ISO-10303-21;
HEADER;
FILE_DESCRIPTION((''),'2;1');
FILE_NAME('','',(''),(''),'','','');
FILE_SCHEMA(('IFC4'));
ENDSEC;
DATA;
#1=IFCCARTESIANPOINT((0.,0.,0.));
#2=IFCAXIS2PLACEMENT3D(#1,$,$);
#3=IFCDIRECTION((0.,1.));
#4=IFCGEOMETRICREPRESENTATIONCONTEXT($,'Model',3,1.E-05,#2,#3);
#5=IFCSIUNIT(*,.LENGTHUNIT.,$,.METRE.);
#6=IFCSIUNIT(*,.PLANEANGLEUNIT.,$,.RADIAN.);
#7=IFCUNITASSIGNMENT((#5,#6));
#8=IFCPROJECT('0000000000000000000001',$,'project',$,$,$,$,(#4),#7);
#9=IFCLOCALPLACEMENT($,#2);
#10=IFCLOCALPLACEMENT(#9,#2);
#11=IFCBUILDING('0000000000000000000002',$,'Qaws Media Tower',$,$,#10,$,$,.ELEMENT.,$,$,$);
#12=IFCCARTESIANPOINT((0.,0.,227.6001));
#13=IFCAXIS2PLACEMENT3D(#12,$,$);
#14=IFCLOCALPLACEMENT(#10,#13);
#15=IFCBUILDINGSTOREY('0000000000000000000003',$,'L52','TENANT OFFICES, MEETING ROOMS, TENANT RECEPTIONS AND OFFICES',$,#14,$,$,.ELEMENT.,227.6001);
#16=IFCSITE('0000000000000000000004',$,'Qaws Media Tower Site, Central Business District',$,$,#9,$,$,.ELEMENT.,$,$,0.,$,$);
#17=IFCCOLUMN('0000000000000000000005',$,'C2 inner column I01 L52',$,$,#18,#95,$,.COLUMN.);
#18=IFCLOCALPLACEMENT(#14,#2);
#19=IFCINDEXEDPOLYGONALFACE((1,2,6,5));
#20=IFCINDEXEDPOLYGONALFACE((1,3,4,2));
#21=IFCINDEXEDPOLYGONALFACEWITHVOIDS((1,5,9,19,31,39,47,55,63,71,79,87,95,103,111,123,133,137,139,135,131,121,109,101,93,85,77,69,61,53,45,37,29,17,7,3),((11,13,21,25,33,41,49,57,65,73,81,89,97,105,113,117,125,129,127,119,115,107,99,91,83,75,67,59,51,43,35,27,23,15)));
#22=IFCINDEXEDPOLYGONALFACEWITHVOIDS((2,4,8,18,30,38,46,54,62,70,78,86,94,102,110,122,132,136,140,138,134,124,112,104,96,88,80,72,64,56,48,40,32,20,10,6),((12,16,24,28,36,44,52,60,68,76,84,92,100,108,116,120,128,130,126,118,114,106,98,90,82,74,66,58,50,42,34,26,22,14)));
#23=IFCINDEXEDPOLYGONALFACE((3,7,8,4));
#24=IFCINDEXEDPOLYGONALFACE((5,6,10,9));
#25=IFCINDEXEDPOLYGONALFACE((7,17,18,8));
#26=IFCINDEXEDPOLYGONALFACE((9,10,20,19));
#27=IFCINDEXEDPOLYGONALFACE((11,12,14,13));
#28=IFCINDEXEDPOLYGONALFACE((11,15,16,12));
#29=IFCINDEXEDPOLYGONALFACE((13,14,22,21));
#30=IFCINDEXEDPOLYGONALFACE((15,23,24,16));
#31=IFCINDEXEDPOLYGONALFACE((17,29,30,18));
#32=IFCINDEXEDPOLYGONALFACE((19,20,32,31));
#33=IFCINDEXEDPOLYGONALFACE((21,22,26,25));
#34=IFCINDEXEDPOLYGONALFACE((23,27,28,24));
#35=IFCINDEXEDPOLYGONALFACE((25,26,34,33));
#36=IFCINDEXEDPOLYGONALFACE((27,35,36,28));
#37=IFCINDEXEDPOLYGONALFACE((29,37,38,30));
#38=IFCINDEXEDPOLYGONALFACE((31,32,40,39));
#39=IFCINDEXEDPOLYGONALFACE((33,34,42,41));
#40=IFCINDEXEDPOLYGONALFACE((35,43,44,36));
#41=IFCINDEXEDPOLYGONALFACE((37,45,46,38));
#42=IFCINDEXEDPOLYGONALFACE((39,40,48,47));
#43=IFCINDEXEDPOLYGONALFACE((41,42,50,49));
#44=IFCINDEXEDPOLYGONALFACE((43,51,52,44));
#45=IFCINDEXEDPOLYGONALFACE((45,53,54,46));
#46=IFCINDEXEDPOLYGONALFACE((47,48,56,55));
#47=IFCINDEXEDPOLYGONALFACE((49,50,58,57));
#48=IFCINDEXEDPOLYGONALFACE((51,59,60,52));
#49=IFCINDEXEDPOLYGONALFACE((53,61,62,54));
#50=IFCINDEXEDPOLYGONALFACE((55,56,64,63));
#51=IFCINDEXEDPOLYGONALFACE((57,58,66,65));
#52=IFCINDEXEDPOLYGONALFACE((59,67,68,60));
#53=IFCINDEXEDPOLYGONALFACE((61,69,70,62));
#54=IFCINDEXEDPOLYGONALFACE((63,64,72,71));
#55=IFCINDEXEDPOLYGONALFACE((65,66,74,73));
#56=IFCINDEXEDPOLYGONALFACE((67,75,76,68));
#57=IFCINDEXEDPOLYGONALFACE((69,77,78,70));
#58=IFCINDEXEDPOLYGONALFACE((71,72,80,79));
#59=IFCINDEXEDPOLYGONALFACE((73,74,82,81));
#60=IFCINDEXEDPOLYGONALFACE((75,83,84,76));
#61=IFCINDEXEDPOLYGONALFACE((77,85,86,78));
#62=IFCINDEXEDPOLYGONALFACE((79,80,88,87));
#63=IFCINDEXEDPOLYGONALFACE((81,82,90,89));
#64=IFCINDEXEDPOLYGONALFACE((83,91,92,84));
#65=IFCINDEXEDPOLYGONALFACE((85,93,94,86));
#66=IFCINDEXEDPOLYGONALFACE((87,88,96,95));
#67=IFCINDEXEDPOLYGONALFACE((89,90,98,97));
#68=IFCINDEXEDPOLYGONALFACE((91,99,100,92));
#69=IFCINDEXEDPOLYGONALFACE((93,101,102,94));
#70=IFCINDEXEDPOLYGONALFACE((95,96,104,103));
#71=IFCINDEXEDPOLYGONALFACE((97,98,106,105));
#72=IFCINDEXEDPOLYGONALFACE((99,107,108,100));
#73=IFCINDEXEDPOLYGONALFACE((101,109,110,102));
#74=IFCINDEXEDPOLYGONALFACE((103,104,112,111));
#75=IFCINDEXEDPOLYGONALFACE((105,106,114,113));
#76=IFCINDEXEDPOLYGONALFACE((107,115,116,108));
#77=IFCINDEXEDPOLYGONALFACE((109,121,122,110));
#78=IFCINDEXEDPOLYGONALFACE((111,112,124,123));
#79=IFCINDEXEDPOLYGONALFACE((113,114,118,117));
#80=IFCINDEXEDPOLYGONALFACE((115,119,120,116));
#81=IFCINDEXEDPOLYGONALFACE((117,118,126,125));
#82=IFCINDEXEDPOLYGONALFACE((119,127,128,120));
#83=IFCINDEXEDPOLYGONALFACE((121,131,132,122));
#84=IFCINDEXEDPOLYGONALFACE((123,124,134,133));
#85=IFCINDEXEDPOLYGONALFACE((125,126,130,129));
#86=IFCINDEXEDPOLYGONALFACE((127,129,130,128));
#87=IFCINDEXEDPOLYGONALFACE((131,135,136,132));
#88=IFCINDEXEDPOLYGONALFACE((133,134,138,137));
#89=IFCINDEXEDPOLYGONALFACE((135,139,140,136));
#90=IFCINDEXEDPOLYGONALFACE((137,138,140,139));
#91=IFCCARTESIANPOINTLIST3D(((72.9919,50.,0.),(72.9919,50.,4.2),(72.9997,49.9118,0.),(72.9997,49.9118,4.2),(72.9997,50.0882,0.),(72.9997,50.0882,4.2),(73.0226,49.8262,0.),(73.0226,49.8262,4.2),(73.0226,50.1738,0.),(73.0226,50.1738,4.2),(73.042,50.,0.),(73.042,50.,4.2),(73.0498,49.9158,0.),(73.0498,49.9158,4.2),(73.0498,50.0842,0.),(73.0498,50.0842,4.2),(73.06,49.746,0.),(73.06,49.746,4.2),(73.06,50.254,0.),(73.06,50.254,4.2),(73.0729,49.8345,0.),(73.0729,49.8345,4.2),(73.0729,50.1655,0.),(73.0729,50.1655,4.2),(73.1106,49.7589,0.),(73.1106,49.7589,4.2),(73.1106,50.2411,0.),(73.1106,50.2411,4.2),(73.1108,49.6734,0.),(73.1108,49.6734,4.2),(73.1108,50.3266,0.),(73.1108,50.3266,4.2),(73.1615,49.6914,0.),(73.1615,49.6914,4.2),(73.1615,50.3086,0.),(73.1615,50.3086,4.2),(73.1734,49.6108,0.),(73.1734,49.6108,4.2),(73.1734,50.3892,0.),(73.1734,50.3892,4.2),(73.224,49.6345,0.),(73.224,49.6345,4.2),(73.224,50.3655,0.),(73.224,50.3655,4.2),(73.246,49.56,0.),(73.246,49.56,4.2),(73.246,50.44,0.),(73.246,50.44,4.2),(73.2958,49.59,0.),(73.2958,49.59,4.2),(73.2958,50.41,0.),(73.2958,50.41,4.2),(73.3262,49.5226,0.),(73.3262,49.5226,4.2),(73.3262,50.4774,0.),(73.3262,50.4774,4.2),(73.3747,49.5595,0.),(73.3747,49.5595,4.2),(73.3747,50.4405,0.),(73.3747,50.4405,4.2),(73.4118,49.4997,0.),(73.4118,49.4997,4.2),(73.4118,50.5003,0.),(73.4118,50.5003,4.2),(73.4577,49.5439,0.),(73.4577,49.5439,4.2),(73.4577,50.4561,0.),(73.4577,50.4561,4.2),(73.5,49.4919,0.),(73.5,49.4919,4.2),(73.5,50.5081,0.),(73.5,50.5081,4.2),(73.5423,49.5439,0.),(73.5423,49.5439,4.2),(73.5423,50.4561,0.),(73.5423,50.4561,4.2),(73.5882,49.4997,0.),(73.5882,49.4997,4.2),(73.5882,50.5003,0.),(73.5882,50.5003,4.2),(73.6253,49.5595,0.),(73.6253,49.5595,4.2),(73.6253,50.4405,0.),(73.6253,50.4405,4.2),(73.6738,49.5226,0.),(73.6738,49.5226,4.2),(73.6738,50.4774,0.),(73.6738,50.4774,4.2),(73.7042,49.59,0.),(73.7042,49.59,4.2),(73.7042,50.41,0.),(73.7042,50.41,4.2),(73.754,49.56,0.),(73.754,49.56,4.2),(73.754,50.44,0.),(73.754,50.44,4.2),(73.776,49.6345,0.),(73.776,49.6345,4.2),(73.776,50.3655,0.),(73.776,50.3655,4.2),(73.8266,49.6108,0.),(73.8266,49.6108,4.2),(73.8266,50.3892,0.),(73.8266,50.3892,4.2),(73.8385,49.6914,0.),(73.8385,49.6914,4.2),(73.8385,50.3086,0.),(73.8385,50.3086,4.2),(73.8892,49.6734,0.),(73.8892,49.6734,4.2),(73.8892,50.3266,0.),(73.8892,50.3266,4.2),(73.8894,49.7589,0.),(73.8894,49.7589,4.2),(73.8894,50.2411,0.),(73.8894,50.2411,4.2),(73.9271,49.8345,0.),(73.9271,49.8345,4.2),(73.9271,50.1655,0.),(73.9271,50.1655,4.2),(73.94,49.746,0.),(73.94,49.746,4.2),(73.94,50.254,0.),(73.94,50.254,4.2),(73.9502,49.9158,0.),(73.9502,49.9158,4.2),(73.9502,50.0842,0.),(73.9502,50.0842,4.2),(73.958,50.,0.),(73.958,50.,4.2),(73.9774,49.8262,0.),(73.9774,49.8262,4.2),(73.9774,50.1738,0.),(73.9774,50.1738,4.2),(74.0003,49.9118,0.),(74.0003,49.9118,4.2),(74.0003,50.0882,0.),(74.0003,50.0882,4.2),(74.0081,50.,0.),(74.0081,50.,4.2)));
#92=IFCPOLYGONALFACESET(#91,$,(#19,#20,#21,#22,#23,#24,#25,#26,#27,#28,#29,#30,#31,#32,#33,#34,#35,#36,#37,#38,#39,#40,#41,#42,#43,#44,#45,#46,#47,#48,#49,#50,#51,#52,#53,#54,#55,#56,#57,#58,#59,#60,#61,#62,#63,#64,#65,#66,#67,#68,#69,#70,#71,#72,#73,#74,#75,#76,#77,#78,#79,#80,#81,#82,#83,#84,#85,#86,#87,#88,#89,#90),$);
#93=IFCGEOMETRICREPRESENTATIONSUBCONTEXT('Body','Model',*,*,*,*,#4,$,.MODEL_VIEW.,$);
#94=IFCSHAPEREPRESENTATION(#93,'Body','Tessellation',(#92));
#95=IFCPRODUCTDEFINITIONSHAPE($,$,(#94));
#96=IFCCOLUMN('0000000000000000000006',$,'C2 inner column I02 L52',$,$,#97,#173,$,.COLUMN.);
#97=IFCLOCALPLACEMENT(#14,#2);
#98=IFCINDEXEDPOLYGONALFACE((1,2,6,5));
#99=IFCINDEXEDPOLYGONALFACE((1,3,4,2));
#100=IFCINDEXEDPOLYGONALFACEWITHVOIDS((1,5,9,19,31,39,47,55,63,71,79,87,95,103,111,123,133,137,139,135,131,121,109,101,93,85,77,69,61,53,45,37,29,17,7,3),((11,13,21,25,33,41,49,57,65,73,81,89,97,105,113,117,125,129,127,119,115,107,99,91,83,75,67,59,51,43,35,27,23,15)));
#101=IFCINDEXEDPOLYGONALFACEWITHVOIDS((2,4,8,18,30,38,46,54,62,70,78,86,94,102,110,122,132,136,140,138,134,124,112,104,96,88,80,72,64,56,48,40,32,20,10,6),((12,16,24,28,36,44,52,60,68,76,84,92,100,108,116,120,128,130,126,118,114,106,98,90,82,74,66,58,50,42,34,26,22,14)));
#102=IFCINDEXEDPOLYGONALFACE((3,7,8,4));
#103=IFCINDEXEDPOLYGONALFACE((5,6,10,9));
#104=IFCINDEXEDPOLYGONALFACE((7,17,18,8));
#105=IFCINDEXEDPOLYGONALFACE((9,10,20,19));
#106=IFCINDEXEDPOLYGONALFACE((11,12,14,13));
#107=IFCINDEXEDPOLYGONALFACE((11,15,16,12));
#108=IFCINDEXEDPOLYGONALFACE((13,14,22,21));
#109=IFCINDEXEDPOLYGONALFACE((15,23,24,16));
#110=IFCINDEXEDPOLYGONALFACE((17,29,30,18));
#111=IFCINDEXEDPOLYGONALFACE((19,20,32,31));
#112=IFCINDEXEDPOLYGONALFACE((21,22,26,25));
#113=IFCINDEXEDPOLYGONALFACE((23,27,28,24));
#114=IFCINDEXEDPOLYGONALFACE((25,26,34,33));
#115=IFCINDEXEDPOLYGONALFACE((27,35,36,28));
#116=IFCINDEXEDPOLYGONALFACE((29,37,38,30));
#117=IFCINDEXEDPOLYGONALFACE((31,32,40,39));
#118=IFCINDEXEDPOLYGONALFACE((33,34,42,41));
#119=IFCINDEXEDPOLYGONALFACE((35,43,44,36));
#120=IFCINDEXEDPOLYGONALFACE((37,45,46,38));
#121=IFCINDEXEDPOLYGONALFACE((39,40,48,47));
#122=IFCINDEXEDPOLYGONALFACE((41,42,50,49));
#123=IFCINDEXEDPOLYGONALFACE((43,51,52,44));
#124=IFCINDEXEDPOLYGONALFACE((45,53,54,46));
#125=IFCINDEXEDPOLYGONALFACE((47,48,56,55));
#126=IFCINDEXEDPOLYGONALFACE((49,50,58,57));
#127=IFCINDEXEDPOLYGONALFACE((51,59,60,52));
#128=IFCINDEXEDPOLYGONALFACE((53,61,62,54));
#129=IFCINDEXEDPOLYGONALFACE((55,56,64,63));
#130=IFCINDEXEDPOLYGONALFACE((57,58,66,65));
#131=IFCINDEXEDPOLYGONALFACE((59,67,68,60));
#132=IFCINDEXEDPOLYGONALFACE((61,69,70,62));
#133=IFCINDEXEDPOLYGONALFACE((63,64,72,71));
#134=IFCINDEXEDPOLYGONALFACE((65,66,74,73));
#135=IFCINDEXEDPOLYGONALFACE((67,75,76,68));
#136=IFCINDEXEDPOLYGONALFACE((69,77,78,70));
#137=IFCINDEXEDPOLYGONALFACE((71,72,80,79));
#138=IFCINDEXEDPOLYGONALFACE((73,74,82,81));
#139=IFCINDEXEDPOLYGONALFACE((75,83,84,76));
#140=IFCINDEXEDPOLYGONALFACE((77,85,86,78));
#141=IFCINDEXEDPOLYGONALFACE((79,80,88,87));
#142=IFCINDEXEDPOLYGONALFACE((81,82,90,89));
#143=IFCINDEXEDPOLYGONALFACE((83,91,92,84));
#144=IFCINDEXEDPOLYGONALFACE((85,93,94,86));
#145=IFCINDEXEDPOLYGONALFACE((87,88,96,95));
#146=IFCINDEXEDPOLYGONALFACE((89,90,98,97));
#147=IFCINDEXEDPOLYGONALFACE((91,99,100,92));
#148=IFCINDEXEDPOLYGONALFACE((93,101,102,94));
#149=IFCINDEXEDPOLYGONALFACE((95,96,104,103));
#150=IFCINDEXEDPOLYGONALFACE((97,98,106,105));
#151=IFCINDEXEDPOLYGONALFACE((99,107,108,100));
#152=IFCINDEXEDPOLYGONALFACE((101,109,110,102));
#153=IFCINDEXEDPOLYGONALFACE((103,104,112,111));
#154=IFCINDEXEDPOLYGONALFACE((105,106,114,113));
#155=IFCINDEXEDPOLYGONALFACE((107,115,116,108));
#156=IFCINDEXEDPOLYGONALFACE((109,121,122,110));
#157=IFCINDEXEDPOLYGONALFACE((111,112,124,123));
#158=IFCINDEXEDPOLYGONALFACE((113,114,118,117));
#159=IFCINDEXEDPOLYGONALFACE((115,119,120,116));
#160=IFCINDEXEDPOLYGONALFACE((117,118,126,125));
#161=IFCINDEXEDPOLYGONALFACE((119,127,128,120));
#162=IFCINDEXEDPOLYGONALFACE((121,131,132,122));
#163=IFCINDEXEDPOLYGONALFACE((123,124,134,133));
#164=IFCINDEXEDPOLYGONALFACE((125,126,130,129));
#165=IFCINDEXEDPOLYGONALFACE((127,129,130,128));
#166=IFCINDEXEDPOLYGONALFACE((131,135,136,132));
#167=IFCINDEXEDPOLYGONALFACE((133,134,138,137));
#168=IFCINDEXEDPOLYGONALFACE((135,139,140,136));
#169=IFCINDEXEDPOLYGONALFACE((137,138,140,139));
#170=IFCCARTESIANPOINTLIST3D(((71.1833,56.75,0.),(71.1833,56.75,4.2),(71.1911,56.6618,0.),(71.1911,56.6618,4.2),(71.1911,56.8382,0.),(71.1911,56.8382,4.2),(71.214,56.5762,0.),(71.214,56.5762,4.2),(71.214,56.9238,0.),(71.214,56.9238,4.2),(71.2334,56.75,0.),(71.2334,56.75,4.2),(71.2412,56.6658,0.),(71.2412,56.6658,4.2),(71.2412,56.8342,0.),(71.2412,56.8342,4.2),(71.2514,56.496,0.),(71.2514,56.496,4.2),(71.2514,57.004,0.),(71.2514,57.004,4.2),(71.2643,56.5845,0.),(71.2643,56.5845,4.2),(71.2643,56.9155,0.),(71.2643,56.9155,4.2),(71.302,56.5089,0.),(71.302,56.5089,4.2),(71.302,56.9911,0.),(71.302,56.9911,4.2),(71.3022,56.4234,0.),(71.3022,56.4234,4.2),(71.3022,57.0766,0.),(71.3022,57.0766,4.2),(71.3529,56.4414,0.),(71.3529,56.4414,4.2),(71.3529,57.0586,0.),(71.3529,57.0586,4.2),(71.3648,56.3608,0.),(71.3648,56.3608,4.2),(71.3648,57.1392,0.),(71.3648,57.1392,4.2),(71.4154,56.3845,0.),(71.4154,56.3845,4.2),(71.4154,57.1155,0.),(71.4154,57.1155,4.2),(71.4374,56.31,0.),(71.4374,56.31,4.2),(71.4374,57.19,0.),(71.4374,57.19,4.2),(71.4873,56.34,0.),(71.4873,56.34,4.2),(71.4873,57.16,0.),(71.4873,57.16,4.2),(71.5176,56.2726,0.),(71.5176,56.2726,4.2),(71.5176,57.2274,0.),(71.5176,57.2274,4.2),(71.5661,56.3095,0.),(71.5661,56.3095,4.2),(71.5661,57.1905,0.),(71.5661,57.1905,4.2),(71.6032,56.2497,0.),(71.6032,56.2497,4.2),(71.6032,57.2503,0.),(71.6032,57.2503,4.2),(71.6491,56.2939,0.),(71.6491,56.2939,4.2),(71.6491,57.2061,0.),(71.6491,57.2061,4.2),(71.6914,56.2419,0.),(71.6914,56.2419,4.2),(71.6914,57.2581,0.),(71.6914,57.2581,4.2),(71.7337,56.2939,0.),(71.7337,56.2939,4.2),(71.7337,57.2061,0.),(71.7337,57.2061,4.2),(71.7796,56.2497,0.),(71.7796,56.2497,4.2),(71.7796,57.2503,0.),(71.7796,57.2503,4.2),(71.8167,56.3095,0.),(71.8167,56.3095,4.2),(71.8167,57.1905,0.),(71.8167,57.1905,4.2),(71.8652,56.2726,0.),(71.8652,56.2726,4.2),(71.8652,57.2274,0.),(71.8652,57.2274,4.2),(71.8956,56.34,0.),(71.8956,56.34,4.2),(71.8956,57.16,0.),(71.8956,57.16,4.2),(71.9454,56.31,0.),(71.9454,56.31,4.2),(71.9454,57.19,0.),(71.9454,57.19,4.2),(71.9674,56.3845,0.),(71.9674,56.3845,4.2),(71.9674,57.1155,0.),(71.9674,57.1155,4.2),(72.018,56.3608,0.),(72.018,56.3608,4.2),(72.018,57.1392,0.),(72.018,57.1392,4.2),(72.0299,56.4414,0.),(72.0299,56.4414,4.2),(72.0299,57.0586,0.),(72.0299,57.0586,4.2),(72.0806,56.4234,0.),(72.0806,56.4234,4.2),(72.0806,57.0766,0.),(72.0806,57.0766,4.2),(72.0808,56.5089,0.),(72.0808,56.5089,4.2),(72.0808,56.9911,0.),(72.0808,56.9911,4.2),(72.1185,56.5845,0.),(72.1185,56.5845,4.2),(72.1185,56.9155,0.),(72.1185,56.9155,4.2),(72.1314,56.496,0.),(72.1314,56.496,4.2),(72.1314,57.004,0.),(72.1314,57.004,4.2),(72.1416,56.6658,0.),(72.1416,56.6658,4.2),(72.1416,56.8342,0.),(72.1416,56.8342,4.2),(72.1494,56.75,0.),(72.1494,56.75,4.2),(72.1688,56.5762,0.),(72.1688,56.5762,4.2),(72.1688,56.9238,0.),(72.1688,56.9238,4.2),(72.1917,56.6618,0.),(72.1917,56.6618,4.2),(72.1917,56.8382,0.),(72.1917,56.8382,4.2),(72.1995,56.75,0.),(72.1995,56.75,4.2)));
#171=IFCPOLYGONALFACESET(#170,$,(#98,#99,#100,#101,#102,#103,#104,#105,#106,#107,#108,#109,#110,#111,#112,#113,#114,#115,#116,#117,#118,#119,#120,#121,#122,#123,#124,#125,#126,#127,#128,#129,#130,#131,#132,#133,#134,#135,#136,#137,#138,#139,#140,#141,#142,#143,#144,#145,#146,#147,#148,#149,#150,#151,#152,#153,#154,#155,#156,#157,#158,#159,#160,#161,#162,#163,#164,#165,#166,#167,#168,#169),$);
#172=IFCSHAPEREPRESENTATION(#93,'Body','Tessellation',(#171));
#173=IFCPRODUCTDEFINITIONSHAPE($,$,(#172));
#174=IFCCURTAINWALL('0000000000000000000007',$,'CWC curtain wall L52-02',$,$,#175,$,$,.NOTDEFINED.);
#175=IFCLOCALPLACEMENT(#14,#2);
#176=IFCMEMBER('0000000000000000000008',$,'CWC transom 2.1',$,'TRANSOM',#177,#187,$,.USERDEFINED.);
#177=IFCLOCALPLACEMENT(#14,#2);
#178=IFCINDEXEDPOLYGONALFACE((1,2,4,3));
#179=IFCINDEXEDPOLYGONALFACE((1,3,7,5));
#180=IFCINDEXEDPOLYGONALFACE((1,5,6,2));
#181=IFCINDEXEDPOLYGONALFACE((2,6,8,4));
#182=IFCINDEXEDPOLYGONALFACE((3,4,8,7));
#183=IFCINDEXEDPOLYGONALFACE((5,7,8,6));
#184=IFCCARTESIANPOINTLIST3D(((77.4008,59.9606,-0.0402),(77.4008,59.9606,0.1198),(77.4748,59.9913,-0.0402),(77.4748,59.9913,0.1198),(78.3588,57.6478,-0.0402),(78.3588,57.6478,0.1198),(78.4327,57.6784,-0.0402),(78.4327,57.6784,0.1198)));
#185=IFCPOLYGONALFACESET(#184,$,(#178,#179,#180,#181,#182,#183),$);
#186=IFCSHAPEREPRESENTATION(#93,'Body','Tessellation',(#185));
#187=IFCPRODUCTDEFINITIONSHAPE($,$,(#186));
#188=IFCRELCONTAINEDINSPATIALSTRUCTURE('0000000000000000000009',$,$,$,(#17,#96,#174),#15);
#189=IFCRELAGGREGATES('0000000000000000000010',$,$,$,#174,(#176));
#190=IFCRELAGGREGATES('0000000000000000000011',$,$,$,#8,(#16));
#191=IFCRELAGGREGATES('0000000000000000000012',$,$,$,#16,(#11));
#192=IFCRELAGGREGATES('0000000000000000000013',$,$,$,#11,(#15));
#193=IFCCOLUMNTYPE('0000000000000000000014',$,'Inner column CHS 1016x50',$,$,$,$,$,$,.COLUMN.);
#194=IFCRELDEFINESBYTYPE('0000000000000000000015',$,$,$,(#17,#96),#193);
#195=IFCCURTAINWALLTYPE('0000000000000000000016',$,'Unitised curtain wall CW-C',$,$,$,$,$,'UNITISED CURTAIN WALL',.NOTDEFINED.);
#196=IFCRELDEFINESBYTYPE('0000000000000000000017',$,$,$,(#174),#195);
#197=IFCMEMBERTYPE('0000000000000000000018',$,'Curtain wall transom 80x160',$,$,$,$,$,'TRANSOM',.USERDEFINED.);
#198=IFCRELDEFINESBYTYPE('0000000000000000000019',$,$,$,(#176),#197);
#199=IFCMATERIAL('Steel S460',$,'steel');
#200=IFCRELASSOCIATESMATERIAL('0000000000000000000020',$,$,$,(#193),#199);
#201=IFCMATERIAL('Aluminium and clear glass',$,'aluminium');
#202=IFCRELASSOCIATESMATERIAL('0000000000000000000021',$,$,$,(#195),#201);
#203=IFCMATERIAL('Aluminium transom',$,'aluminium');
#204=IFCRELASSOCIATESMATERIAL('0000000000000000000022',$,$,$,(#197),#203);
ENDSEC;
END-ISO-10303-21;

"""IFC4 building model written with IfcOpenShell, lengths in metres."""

from ifc_helpers import new_model, si_unit, direction, frame, origin, origin_2d, place, context, subcontext, project, spatial, rectangle, hollow_circle, extrude, material, material_profile, profile_set, type_object, element, aggregate, save


model = new_model("IFC4")

# Units and contexts
model_context = context("Model", 3, precision=1e-05, world=origin(), true_north=direction((0.0, 1.0)))
body_context = subcontext(model_context, "Body", "Model", "MODEL_VIEW")
ifc_project = project(units=[si_unit("LENGTHUNIT", "METRE"), si_unit("PLANEANGLEUNIT", "RADIAN")], contexts=[model_context])

# Site, building, storey
site_placement = place(None, origin())
site = spatial("IfcSite", under=ifc_project, at=site_placement, Name="Qaws Media Tower Site, Central Business District", CompositionType="ELEMENT", RefElevation=0.0)
building_placement = place(site_placement, origin())
building = spatial("IfcBuilding", under=site, at=building_placement, Name="Qaws Media Tower", CompositionType="ELEMENT")
storey_placement = place(building_placement, frame((0.0, 0.0, 227.6001)))
storey = spatial("IfcBuildingStorey", under=building, at=storey_placement, Name="L52", Description="TENANT OFFICES, MEETING ROOMS, TENANT RECEPTIONS AND OFFICES", CompositionType="ELEMENT", Elevation=227.6001)

# Columns
ifc_material_1 = material(Name="Steel S460", Category="steel")
ifc_material_profile_1 = material_profile(ifc_material_1, hollow_circle(Radius=0.5081, WallThickness=0.05, at=origin_2d()), Name="CHS 1016x50")
ifc_profile_set_1 = profile_set([ifc_material_profile_1], Name="Steel S460")
column_type = type_object("IfcColumnType", Name="Inner column CHS 1016x50", PredefinedType="COLUMN", material=ifc_profile_set_1)
for number, where, z_axis, x_axis, name in (
    (1, (73.5, 50.0, 0.0), (0.0, 0.0, 1.0), (1.0, 0.0, 0.0), "C2 inner column I01 L52"),
    (2, (71.6914, 56.75, 0.0), (0.0, 0.0, 1.0), (1.0, 0.0, 0.0), "C2 inner column I02 L52"),
):
    element("IfcColumn", number, at=place(storey_placement, frame(where, z_axis=z_axis, x_axis=x_axis)), inside=storey, type_object=column_type, Name=name, PredefinedType="COLUMN", context=body_context, shape_type="SweptSolid", body=[
        extrude(hollow_circle(Radius=0.5081, WallThickness=0.05, at=origin_2d()), origin(), (0.0, 0.0, 1.0), 4.2),
    ])

# Curtain wall, member
ifc_material_2 = material(Name="Aluminium and clear glass", Category="aluminium")
curtain_wall_type = type_object("IfcCurtainWallType", Name="Unitised curtain wall CW-C", ElementType="UNITISED CURTAIN WALL", PredefinedType="NOTDEFINED", material=ifc_material_2)
curtain_wall_placement = place(storey_placement, origin())
curtain_wall = element("IfcCurtainWall", 3, at=curtain_wall_placement, inside=storey, type_object=curtain_wall_type, Name="CWC curtain wall L52-02", PredefinedType="NOTDEFINED")
ifc_material_3 = material(Name="Aluminium transom", Category="aluminium")
ifc_material_profile_2 = material_profile(ifc_material_3, rectangle(XDim=0.0801, YDim=0.1599, at=origin_2d()), Name="80x160")
ifc_profile_set_2 = profile_set([ifc_material_profile_2], Name="Aluminium transom")
member_type = type_object("IfcMemberType", Name="Curtain wall transom 80x160", ElementType="TRANSOM", PredefinedType="USERDEFINED", material=ifc_profile_set_2)
member_placement = place(storey_placement, frame((78.3958, 57.6631, 0.0398), z_axis=(-0.382662, 0.923888, 0.0), x_axis=(-0.923888, -0.382662, 0.0)))
member = element("IfcMember", 4, at=member_placement, type_object=member_type, Name="CWC transom 2.1", ObjectType="TRANSOM", PredefinedType="USERDEFINED", context=body_context, shape_type="SweptSolid", body=[
    extrude(rectangle(XDim=0.0801, YDim=0.1599, at=origin_2d()), origin(), (0.0, 0.0, 1.0), 2.5034),
])
aggregate(curtain_wall, [member])

save(model, "model.ifc")
